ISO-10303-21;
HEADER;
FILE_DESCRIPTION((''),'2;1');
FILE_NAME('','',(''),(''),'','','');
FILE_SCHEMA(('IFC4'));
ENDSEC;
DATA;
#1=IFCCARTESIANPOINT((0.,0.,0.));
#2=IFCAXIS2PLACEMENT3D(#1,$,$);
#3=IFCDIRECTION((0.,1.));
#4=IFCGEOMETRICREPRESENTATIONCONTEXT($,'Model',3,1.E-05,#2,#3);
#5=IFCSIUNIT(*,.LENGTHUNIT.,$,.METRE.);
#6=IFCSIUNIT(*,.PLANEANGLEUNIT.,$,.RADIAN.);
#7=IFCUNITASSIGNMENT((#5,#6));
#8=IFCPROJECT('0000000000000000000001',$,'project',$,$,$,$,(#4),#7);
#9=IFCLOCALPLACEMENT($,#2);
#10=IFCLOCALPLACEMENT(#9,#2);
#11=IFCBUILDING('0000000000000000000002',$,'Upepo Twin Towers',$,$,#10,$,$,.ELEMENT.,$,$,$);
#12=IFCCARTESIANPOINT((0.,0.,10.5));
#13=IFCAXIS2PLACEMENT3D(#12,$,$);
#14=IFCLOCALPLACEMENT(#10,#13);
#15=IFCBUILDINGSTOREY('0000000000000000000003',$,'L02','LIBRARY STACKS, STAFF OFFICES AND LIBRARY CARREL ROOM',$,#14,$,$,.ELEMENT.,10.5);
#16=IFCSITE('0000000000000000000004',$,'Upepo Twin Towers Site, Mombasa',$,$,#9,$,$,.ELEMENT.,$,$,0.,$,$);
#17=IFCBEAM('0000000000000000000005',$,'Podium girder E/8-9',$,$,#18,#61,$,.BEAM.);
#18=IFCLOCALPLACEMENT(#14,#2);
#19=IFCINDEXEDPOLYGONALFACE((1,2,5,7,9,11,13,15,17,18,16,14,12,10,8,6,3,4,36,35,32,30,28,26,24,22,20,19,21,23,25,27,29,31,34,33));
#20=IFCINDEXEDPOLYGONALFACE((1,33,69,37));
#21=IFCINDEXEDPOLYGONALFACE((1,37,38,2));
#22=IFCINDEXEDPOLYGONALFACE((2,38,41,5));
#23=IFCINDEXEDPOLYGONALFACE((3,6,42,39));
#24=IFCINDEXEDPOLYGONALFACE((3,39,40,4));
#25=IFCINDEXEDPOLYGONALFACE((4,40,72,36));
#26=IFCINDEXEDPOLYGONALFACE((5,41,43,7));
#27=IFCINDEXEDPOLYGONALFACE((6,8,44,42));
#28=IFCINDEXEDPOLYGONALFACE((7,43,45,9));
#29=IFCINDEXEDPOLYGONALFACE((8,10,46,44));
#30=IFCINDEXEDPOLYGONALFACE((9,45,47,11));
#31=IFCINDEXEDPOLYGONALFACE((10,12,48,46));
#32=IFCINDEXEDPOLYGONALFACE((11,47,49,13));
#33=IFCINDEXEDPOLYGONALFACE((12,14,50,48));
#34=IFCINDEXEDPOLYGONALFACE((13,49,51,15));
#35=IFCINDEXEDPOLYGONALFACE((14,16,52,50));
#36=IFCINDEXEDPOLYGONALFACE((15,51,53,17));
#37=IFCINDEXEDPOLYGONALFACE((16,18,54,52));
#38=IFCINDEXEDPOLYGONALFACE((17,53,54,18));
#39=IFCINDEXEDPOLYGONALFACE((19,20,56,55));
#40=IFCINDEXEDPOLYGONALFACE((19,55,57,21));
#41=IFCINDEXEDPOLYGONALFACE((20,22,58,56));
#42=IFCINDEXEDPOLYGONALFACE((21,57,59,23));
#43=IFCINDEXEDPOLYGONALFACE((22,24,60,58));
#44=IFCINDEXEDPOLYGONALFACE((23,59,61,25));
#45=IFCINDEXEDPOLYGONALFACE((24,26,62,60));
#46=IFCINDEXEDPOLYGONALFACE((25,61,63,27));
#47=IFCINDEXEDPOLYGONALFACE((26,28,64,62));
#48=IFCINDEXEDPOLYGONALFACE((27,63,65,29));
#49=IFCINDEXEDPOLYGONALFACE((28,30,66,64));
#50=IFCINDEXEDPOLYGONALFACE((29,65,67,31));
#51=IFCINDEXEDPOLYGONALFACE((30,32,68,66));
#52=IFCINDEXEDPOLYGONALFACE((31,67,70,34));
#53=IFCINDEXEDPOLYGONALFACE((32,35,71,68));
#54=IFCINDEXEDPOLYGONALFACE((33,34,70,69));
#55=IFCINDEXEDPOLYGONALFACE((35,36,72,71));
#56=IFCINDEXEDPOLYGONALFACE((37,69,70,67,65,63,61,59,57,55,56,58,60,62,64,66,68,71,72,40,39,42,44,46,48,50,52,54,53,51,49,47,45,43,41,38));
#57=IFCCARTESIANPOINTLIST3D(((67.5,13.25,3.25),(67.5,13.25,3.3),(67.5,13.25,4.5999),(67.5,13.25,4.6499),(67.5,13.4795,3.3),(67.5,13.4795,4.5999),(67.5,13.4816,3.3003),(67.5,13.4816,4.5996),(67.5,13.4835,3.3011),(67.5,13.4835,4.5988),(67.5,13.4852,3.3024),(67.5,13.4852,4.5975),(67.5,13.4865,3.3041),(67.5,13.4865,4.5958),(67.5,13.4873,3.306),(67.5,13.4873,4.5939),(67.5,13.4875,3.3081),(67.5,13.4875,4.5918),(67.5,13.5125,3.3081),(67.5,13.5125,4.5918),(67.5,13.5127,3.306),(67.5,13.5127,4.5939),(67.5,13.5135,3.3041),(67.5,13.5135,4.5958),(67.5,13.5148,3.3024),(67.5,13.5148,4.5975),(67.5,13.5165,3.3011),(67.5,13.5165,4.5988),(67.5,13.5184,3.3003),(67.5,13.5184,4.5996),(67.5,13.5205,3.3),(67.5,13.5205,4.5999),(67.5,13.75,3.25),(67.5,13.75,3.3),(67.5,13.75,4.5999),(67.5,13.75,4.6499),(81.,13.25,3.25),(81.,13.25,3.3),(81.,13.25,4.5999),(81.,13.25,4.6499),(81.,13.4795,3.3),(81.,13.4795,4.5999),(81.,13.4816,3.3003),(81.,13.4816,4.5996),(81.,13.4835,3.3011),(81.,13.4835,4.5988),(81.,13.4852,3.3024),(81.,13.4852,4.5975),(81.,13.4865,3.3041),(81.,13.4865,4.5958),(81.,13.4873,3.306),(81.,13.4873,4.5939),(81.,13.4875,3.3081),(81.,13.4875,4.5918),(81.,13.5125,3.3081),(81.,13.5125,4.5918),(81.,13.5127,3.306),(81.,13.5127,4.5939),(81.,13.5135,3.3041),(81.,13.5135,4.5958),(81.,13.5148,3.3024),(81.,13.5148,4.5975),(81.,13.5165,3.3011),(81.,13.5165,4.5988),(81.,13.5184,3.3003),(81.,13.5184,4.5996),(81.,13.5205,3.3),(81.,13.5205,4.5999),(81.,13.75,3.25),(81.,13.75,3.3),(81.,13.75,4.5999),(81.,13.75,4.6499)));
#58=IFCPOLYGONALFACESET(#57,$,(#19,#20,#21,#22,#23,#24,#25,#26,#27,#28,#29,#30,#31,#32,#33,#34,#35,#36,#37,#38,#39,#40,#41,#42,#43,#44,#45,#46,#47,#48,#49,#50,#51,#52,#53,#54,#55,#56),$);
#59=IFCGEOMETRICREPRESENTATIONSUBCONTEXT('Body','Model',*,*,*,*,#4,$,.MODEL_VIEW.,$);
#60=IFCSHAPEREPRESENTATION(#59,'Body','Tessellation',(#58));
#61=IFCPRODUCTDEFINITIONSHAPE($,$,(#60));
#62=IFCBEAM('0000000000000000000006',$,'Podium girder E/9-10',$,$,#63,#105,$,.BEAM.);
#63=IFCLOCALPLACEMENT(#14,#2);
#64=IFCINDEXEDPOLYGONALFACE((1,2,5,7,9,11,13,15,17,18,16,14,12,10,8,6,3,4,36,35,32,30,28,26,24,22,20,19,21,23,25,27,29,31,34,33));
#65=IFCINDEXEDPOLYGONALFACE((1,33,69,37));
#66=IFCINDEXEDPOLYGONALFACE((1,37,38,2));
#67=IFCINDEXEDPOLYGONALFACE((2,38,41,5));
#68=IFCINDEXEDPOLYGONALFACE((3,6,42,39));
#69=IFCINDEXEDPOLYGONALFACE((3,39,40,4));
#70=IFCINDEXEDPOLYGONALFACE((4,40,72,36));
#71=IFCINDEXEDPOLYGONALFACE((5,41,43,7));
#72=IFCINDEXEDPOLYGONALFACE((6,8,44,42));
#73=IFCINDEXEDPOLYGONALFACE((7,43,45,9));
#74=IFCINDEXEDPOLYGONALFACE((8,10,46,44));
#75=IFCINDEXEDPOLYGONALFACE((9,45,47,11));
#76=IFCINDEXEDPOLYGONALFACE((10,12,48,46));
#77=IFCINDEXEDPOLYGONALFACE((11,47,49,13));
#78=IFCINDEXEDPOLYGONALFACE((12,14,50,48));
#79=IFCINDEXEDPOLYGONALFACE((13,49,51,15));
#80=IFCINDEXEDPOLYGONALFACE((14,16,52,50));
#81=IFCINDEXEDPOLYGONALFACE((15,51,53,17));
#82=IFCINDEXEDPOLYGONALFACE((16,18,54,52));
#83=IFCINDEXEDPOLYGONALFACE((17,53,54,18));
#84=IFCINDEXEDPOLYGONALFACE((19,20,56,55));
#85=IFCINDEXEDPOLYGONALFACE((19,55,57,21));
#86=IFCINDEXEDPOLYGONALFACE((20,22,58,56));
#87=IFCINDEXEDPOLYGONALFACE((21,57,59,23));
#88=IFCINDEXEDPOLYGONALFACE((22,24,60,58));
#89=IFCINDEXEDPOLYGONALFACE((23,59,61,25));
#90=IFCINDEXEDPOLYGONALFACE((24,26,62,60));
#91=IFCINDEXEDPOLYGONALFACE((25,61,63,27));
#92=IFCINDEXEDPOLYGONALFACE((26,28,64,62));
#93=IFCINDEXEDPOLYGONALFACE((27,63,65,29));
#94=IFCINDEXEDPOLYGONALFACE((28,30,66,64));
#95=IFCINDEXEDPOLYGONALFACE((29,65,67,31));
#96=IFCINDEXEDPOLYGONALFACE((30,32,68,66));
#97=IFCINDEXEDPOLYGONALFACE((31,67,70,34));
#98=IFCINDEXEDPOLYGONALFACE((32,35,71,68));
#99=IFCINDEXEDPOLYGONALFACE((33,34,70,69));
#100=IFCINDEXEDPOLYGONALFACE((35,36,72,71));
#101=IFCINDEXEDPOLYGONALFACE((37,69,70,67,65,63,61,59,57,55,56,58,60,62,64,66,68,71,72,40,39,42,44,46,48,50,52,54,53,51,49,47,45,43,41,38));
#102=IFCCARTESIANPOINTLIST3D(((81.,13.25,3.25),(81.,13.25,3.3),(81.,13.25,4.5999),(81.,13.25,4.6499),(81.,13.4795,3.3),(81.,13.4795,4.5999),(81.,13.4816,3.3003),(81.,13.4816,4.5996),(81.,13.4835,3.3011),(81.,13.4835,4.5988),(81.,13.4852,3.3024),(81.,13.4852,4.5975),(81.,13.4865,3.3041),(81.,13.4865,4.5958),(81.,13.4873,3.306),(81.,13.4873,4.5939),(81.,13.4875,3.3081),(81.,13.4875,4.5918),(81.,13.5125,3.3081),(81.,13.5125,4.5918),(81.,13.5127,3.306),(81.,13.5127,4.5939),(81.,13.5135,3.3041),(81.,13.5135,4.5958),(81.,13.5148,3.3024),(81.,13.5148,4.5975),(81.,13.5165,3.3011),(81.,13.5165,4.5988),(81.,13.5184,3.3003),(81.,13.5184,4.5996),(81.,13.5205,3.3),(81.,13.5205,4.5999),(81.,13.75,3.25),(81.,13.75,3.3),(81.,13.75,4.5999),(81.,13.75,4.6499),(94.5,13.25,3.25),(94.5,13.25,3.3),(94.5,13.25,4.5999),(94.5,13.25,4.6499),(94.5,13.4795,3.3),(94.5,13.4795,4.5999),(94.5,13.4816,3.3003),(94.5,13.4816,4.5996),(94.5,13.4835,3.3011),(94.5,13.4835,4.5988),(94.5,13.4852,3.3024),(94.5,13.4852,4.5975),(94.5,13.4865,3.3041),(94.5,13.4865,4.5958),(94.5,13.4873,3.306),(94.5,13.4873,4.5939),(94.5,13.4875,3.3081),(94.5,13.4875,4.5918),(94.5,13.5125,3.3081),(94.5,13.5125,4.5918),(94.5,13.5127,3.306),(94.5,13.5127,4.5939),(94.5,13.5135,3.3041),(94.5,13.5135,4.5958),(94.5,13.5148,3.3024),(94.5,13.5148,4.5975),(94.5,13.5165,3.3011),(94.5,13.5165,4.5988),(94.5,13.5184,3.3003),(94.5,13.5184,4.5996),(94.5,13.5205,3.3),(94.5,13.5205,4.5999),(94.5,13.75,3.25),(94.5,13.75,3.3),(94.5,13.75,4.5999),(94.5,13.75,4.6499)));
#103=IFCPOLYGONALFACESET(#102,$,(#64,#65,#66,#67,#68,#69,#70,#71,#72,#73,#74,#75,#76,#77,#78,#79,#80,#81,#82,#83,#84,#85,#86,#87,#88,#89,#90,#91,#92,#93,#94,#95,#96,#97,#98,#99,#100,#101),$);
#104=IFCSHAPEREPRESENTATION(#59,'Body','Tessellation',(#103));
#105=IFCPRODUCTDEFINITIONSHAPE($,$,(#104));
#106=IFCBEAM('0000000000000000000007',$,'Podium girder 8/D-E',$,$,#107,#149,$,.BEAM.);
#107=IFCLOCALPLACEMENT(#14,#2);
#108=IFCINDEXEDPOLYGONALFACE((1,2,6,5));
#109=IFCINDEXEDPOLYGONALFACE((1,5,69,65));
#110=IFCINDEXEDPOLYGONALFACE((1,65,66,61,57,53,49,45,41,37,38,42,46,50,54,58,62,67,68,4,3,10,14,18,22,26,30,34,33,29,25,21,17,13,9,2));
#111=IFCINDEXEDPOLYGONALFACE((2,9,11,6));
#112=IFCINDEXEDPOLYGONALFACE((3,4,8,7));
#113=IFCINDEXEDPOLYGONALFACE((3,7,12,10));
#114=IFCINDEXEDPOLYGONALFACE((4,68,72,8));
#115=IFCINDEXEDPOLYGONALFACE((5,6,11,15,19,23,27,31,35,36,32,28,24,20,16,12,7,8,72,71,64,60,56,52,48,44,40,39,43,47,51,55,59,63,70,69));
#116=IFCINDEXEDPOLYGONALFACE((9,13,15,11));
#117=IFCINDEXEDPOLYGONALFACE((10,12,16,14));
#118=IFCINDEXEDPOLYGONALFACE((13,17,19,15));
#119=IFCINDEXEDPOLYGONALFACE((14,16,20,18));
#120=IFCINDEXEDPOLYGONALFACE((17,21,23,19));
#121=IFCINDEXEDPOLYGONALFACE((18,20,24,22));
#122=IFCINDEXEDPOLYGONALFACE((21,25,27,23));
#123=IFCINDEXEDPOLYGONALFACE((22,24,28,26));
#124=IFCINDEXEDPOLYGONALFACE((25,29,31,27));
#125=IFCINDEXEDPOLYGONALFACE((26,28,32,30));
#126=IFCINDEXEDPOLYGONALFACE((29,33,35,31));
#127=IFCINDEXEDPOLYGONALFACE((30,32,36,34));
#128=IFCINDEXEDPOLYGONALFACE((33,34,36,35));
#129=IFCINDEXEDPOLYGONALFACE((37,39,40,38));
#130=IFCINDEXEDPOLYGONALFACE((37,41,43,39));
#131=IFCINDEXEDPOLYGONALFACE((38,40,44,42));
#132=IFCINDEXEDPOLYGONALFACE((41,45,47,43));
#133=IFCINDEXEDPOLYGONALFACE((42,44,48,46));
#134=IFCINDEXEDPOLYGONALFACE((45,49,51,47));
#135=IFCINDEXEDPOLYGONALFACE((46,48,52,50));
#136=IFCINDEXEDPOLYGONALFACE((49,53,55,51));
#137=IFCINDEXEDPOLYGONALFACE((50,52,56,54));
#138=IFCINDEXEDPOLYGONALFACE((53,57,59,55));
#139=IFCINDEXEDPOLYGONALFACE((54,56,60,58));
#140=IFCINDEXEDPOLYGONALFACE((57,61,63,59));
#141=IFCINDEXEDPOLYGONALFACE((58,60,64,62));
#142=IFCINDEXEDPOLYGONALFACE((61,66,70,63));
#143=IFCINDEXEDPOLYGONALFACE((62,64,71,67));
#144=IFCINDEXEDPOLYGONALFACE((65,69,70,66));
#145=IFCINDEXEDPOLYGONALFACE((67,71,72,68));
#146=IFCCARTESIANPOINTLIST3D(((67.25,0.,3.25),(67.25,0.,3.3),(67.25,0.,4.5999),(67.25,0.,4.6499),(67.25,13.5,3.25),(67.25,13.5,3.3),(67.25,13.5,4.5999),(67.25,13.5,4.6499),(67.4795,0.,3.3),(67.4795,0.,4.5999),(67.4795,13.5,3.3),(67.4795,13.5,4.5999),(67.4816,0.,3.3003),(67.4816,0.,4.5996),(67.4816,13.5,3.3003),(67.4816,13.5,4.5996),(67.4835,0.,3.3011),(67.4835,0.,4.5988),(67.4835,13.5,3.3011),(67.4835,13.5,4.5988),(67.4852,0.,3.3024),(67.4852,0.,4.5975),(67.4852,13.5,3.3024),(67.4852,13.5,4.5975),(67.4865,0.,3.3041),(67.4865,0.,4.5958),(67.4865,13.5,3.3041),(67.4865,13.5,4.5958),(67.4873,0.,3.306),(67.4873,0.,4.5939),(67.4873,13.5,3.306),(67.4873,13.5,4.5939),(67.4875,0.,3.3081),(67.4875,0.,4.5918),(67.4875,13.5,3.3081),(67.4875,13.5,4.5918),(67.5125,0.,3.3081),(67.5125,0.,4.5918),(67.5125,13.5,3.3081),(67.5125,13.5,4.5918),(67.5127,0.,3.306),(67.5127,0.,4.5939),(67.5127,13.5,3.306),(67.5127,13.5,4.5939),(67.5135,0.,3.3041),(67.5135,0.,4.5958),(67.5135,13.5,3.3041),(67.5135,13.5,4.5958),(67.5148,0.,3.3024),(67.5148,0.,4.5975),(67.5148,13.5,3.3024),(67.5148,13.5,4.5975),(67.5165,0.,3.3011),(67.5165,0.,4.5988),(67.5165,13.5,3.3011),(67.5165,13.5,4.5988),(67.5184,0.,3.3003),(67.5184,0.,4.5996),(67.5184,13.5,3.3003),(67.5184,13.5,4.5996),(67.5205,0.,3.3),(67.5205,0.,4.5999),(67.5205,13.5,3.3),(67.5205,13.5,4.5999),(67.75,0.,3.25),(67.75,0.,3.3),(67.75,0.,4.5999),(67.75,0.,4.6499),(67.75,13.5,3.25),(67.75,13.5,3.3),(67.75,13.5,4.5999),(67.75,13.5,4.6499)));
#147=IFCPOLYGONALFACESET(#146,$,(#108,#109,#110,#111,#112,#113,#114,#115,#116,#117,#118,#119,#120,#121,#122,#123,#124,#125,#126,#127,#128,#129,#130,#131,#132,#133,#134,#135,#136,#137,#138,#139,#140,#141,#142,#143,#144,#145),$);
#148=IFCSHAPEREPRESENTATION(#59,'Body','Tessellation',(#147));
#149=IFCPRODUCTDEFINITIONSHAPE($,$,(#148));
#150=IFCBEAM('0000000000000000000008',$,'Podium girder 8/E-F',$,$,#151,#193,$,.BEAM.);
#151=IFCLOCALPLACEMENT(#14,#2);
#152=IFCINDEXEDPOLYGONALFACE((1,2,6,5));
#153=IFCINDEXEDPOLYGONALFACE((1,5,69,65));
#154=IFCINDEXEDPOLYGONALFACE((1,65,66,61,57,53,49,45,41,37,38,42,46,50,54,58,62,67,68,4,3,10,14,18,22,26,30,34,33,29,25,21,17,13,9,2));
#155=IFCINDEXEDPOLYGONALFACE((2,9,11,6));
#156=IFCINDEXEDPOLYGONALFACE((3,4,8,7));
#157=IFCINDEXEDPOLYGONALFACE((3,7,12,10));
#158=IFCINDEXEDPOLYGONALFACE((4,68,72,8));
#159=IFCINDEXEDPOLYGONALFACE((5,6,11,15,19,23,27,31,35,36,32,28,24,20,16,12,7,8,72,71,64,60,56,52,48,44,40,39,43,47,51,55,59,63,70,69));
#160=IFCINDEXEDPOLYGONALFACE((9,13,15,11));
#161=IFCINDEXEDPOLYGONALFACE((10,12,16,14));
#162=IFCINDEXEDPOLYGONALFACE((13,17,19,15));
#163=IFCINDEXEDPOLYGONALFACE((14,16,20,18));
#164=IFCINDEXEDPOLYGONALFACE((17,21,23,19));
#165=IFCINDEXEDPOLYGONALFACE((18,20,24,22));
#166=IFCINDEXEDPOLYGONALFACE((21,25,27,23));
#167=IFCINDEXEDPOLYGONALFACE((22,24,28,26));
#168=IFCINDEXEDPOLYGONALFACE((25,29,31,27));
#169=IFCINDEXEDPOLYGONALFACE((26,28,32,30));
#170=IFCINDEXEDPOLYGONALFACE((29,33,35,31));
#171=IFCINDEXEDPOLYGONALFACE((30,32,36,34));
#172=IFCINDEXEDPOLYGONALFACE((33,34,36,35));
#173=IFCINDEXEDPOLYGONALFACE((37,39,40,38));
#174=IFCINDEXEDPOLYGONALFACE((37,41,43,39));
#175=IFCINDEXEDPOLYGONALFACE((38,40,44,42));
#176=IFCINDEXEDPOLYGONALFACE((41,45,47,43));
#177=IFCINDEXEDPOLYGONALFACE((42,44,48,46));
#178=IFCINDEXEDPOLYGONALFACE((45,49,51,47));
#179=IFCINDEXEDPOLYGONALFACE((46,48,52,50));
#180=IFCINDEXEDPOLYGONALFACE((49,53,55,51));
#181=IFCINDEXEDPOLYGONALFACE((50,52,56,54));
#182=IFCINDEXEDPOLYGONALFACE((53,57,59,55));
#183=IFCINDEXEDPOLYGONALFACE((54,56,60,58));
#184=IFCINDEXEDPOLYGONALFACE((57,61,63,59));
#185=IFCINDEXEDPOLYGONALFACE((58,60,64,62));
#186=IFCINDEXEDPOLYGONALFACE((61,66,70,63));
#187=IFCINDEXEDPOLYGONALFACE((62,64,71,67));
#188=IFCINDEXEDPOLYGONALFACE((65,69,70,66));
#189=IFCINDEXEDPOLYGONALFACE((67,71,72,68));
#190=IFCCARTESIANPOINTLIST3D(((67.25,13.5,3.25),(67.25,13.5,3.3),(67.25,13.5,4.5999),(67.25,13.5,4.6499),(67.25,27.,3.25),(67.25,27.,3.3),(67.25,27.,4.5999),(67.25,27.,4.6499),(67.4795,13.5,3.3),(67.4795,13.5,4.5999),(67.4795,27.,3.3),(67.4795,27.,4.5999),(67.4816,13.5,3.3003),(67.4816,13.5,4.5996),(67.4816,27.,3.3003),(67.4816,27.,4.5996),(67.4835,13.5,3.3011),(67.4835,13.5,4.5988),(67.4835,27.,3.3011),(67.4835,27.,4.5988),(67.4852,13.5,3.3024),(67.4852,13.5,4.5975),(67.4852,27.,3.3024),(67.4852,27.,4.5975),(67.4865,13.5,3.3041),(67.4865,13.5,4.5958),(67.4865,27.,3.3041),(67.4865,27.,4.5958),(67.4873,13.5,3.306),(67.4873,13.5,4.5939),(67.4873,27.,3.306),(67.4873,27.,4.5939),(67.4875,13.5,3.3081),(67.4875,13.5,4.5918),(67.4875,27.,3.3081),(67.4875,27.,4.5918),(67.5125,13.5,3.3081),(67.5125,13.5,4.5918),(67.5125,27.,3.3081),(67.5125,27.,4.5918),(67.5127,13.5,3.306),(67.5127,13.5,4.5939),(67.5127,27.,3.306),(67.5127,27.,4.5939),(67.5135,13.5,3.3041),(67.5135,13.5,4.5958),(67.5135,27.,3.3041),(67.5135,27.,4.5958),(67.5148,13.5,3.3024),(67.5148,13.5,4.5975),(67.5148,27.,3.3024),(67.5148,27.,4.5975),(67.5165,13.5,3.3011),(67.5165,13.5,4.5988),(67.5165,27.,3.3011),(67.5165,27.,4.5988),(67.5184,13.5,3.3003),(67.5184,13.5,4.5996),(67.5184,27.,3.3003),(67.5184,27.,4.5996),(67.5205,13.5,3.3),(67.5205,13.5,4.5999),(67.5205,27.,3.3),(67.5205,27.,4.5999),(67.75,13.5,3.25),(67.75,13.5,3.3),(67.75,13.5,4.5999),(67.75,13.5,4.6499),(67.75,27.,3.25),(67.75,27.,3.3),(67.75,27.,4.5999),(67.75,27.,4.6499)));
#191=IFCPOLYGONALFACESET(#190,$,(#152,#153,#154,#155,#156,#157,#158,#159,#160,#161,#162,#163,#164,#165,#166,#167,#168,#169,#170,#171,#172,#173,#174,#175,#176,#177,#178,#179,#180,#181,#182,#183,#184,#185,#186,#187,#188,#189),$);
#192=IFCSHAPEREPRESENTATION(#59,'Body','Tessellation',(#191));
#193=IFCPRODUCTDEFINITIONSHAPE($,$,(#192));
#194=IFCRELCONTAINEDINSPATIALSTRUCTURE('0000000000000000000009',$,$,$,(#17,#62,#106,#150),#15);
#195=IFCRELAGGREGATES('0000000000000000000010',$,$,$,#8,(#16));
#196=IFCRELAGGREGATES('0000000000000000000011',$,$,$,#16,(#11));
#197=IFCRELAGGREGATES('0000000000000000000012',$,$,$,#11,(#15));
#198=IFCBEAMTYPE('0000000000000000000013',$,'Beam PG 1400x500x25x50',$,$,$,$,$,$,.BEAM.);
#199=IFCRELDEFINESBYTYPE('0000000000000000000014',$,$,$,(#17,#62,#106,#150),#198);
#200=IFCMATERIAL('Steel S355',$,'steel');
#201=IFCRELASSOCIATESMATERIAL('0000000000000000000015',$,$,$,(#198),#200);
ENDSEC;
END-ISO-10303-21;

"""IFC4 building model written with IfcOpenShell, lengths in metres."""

from ifc_helpers import new_model, si_unit, direction, frame, origin, origin_2d, place, context, subcontext, project, spatial, i_section, extrude, material, material_profile, profile_set, type_object, element, save


model = new_model("IFC4")

# Units and contexts
model_context = context("Model", 3, precision=1e-05, world=origin(), true_north=direction((0.0, 1.0)))
body_context = subcontext(model_context, "Body", "Model", "MODEL_VIEW")
ifc_project = project(units=[si_unit("LENGTHUNIT", "METRE"), si_unit("PLANEANGLEUNIT", "RADIAN")], contexts=[model_context])

# Site, building, storey
site_placement = place(None, origin())
site = spatial("IfcSite", under=ifc_project, at=site_placement, Name="Upepo Twin Towers Site, Mombasa", CompositionType="ELEMENT", RefElevation=0.0)
building_placement = place(site_placement, origin())
building = spatial("IfcBuilding", under=site, at=building_placement, Name="Upepo Twin Towers", CompositionType="ELEMENT")
storey_placement = place(building_placement, frame((0.0, 0.0, 10.5)))
storey = spatial("IfcBuildingStorey", under=building, at=storey_placement, Name="L02", Description="LIBRARY STACKS, STAFF OFFICES AND LIBRARY CARREL ROOM", CompositionType="ELEMENT", Elevation=10.5)

# Beams
ifc_material_1 = material(Name="Steel S355", Category="steel")
ifc_material_profile_1 = material_profile(ifc_material_1, i_section(OverallWidth=0.5, OverallDepth=1.3999, WebThickness=0.0249, FlangeThickness=0.05, FilletRadius=0.0081, at=origin_2d()), Name="PG 1400x500x25x50")
ifc_profile_set_1 = profile_set([ifc_material_profile_1], Name="Steel S355")
beam_type_1 = type_object("IfcBeamType", Name="Beam PG 1400x500x25x50", PredefinedType="BEAM", material=ifc_profile_set_1)
for number, where, z_axis, x_axis, name in (
    (1, (67.5, 13.5, 3.95), (1.0, 0.0, 0.0), (0.0, 1.0, 0.0), "Podium girder E/8-9"),
    (2, (81.0, 13.5, 3.95), (1.0, 0.0, 0.0), (0.0, 1.0, 0.0), "Podium girder E/9-10"),
    (3, (67.5, 0.0, 3.95), (0.0, 1.0, 0.0), (-1.0, 0.0, 0.0), "Podium girder 8/D-E"),
    (4, (67.5, 13.5, 3.95), (0.0, 1.0, 0.0), (-1.0, 0.0, 0.0), "Podium girder 8/E-F"),
):
    element("IfcBeam", number, at=place(storey_placement, frame(where, z_axis=z_axis, x_axis=x_axis)), inside=storey, type_object=beam_type_1, Name=name, PredefinedType="BEAM", context=body_context, shape_type="SweptSolid", body=[
        extrude(i_section(OverallWidth=0.5, OverallDepth=1.3999, WebThickness=0.0249, FlangeThickness=0.05, FilletRadius=0.0081, at=origin_2d()), origin(), (0.0, 0.0, 1.0), 13.5),
    ])

save(model, "model.ifc")
